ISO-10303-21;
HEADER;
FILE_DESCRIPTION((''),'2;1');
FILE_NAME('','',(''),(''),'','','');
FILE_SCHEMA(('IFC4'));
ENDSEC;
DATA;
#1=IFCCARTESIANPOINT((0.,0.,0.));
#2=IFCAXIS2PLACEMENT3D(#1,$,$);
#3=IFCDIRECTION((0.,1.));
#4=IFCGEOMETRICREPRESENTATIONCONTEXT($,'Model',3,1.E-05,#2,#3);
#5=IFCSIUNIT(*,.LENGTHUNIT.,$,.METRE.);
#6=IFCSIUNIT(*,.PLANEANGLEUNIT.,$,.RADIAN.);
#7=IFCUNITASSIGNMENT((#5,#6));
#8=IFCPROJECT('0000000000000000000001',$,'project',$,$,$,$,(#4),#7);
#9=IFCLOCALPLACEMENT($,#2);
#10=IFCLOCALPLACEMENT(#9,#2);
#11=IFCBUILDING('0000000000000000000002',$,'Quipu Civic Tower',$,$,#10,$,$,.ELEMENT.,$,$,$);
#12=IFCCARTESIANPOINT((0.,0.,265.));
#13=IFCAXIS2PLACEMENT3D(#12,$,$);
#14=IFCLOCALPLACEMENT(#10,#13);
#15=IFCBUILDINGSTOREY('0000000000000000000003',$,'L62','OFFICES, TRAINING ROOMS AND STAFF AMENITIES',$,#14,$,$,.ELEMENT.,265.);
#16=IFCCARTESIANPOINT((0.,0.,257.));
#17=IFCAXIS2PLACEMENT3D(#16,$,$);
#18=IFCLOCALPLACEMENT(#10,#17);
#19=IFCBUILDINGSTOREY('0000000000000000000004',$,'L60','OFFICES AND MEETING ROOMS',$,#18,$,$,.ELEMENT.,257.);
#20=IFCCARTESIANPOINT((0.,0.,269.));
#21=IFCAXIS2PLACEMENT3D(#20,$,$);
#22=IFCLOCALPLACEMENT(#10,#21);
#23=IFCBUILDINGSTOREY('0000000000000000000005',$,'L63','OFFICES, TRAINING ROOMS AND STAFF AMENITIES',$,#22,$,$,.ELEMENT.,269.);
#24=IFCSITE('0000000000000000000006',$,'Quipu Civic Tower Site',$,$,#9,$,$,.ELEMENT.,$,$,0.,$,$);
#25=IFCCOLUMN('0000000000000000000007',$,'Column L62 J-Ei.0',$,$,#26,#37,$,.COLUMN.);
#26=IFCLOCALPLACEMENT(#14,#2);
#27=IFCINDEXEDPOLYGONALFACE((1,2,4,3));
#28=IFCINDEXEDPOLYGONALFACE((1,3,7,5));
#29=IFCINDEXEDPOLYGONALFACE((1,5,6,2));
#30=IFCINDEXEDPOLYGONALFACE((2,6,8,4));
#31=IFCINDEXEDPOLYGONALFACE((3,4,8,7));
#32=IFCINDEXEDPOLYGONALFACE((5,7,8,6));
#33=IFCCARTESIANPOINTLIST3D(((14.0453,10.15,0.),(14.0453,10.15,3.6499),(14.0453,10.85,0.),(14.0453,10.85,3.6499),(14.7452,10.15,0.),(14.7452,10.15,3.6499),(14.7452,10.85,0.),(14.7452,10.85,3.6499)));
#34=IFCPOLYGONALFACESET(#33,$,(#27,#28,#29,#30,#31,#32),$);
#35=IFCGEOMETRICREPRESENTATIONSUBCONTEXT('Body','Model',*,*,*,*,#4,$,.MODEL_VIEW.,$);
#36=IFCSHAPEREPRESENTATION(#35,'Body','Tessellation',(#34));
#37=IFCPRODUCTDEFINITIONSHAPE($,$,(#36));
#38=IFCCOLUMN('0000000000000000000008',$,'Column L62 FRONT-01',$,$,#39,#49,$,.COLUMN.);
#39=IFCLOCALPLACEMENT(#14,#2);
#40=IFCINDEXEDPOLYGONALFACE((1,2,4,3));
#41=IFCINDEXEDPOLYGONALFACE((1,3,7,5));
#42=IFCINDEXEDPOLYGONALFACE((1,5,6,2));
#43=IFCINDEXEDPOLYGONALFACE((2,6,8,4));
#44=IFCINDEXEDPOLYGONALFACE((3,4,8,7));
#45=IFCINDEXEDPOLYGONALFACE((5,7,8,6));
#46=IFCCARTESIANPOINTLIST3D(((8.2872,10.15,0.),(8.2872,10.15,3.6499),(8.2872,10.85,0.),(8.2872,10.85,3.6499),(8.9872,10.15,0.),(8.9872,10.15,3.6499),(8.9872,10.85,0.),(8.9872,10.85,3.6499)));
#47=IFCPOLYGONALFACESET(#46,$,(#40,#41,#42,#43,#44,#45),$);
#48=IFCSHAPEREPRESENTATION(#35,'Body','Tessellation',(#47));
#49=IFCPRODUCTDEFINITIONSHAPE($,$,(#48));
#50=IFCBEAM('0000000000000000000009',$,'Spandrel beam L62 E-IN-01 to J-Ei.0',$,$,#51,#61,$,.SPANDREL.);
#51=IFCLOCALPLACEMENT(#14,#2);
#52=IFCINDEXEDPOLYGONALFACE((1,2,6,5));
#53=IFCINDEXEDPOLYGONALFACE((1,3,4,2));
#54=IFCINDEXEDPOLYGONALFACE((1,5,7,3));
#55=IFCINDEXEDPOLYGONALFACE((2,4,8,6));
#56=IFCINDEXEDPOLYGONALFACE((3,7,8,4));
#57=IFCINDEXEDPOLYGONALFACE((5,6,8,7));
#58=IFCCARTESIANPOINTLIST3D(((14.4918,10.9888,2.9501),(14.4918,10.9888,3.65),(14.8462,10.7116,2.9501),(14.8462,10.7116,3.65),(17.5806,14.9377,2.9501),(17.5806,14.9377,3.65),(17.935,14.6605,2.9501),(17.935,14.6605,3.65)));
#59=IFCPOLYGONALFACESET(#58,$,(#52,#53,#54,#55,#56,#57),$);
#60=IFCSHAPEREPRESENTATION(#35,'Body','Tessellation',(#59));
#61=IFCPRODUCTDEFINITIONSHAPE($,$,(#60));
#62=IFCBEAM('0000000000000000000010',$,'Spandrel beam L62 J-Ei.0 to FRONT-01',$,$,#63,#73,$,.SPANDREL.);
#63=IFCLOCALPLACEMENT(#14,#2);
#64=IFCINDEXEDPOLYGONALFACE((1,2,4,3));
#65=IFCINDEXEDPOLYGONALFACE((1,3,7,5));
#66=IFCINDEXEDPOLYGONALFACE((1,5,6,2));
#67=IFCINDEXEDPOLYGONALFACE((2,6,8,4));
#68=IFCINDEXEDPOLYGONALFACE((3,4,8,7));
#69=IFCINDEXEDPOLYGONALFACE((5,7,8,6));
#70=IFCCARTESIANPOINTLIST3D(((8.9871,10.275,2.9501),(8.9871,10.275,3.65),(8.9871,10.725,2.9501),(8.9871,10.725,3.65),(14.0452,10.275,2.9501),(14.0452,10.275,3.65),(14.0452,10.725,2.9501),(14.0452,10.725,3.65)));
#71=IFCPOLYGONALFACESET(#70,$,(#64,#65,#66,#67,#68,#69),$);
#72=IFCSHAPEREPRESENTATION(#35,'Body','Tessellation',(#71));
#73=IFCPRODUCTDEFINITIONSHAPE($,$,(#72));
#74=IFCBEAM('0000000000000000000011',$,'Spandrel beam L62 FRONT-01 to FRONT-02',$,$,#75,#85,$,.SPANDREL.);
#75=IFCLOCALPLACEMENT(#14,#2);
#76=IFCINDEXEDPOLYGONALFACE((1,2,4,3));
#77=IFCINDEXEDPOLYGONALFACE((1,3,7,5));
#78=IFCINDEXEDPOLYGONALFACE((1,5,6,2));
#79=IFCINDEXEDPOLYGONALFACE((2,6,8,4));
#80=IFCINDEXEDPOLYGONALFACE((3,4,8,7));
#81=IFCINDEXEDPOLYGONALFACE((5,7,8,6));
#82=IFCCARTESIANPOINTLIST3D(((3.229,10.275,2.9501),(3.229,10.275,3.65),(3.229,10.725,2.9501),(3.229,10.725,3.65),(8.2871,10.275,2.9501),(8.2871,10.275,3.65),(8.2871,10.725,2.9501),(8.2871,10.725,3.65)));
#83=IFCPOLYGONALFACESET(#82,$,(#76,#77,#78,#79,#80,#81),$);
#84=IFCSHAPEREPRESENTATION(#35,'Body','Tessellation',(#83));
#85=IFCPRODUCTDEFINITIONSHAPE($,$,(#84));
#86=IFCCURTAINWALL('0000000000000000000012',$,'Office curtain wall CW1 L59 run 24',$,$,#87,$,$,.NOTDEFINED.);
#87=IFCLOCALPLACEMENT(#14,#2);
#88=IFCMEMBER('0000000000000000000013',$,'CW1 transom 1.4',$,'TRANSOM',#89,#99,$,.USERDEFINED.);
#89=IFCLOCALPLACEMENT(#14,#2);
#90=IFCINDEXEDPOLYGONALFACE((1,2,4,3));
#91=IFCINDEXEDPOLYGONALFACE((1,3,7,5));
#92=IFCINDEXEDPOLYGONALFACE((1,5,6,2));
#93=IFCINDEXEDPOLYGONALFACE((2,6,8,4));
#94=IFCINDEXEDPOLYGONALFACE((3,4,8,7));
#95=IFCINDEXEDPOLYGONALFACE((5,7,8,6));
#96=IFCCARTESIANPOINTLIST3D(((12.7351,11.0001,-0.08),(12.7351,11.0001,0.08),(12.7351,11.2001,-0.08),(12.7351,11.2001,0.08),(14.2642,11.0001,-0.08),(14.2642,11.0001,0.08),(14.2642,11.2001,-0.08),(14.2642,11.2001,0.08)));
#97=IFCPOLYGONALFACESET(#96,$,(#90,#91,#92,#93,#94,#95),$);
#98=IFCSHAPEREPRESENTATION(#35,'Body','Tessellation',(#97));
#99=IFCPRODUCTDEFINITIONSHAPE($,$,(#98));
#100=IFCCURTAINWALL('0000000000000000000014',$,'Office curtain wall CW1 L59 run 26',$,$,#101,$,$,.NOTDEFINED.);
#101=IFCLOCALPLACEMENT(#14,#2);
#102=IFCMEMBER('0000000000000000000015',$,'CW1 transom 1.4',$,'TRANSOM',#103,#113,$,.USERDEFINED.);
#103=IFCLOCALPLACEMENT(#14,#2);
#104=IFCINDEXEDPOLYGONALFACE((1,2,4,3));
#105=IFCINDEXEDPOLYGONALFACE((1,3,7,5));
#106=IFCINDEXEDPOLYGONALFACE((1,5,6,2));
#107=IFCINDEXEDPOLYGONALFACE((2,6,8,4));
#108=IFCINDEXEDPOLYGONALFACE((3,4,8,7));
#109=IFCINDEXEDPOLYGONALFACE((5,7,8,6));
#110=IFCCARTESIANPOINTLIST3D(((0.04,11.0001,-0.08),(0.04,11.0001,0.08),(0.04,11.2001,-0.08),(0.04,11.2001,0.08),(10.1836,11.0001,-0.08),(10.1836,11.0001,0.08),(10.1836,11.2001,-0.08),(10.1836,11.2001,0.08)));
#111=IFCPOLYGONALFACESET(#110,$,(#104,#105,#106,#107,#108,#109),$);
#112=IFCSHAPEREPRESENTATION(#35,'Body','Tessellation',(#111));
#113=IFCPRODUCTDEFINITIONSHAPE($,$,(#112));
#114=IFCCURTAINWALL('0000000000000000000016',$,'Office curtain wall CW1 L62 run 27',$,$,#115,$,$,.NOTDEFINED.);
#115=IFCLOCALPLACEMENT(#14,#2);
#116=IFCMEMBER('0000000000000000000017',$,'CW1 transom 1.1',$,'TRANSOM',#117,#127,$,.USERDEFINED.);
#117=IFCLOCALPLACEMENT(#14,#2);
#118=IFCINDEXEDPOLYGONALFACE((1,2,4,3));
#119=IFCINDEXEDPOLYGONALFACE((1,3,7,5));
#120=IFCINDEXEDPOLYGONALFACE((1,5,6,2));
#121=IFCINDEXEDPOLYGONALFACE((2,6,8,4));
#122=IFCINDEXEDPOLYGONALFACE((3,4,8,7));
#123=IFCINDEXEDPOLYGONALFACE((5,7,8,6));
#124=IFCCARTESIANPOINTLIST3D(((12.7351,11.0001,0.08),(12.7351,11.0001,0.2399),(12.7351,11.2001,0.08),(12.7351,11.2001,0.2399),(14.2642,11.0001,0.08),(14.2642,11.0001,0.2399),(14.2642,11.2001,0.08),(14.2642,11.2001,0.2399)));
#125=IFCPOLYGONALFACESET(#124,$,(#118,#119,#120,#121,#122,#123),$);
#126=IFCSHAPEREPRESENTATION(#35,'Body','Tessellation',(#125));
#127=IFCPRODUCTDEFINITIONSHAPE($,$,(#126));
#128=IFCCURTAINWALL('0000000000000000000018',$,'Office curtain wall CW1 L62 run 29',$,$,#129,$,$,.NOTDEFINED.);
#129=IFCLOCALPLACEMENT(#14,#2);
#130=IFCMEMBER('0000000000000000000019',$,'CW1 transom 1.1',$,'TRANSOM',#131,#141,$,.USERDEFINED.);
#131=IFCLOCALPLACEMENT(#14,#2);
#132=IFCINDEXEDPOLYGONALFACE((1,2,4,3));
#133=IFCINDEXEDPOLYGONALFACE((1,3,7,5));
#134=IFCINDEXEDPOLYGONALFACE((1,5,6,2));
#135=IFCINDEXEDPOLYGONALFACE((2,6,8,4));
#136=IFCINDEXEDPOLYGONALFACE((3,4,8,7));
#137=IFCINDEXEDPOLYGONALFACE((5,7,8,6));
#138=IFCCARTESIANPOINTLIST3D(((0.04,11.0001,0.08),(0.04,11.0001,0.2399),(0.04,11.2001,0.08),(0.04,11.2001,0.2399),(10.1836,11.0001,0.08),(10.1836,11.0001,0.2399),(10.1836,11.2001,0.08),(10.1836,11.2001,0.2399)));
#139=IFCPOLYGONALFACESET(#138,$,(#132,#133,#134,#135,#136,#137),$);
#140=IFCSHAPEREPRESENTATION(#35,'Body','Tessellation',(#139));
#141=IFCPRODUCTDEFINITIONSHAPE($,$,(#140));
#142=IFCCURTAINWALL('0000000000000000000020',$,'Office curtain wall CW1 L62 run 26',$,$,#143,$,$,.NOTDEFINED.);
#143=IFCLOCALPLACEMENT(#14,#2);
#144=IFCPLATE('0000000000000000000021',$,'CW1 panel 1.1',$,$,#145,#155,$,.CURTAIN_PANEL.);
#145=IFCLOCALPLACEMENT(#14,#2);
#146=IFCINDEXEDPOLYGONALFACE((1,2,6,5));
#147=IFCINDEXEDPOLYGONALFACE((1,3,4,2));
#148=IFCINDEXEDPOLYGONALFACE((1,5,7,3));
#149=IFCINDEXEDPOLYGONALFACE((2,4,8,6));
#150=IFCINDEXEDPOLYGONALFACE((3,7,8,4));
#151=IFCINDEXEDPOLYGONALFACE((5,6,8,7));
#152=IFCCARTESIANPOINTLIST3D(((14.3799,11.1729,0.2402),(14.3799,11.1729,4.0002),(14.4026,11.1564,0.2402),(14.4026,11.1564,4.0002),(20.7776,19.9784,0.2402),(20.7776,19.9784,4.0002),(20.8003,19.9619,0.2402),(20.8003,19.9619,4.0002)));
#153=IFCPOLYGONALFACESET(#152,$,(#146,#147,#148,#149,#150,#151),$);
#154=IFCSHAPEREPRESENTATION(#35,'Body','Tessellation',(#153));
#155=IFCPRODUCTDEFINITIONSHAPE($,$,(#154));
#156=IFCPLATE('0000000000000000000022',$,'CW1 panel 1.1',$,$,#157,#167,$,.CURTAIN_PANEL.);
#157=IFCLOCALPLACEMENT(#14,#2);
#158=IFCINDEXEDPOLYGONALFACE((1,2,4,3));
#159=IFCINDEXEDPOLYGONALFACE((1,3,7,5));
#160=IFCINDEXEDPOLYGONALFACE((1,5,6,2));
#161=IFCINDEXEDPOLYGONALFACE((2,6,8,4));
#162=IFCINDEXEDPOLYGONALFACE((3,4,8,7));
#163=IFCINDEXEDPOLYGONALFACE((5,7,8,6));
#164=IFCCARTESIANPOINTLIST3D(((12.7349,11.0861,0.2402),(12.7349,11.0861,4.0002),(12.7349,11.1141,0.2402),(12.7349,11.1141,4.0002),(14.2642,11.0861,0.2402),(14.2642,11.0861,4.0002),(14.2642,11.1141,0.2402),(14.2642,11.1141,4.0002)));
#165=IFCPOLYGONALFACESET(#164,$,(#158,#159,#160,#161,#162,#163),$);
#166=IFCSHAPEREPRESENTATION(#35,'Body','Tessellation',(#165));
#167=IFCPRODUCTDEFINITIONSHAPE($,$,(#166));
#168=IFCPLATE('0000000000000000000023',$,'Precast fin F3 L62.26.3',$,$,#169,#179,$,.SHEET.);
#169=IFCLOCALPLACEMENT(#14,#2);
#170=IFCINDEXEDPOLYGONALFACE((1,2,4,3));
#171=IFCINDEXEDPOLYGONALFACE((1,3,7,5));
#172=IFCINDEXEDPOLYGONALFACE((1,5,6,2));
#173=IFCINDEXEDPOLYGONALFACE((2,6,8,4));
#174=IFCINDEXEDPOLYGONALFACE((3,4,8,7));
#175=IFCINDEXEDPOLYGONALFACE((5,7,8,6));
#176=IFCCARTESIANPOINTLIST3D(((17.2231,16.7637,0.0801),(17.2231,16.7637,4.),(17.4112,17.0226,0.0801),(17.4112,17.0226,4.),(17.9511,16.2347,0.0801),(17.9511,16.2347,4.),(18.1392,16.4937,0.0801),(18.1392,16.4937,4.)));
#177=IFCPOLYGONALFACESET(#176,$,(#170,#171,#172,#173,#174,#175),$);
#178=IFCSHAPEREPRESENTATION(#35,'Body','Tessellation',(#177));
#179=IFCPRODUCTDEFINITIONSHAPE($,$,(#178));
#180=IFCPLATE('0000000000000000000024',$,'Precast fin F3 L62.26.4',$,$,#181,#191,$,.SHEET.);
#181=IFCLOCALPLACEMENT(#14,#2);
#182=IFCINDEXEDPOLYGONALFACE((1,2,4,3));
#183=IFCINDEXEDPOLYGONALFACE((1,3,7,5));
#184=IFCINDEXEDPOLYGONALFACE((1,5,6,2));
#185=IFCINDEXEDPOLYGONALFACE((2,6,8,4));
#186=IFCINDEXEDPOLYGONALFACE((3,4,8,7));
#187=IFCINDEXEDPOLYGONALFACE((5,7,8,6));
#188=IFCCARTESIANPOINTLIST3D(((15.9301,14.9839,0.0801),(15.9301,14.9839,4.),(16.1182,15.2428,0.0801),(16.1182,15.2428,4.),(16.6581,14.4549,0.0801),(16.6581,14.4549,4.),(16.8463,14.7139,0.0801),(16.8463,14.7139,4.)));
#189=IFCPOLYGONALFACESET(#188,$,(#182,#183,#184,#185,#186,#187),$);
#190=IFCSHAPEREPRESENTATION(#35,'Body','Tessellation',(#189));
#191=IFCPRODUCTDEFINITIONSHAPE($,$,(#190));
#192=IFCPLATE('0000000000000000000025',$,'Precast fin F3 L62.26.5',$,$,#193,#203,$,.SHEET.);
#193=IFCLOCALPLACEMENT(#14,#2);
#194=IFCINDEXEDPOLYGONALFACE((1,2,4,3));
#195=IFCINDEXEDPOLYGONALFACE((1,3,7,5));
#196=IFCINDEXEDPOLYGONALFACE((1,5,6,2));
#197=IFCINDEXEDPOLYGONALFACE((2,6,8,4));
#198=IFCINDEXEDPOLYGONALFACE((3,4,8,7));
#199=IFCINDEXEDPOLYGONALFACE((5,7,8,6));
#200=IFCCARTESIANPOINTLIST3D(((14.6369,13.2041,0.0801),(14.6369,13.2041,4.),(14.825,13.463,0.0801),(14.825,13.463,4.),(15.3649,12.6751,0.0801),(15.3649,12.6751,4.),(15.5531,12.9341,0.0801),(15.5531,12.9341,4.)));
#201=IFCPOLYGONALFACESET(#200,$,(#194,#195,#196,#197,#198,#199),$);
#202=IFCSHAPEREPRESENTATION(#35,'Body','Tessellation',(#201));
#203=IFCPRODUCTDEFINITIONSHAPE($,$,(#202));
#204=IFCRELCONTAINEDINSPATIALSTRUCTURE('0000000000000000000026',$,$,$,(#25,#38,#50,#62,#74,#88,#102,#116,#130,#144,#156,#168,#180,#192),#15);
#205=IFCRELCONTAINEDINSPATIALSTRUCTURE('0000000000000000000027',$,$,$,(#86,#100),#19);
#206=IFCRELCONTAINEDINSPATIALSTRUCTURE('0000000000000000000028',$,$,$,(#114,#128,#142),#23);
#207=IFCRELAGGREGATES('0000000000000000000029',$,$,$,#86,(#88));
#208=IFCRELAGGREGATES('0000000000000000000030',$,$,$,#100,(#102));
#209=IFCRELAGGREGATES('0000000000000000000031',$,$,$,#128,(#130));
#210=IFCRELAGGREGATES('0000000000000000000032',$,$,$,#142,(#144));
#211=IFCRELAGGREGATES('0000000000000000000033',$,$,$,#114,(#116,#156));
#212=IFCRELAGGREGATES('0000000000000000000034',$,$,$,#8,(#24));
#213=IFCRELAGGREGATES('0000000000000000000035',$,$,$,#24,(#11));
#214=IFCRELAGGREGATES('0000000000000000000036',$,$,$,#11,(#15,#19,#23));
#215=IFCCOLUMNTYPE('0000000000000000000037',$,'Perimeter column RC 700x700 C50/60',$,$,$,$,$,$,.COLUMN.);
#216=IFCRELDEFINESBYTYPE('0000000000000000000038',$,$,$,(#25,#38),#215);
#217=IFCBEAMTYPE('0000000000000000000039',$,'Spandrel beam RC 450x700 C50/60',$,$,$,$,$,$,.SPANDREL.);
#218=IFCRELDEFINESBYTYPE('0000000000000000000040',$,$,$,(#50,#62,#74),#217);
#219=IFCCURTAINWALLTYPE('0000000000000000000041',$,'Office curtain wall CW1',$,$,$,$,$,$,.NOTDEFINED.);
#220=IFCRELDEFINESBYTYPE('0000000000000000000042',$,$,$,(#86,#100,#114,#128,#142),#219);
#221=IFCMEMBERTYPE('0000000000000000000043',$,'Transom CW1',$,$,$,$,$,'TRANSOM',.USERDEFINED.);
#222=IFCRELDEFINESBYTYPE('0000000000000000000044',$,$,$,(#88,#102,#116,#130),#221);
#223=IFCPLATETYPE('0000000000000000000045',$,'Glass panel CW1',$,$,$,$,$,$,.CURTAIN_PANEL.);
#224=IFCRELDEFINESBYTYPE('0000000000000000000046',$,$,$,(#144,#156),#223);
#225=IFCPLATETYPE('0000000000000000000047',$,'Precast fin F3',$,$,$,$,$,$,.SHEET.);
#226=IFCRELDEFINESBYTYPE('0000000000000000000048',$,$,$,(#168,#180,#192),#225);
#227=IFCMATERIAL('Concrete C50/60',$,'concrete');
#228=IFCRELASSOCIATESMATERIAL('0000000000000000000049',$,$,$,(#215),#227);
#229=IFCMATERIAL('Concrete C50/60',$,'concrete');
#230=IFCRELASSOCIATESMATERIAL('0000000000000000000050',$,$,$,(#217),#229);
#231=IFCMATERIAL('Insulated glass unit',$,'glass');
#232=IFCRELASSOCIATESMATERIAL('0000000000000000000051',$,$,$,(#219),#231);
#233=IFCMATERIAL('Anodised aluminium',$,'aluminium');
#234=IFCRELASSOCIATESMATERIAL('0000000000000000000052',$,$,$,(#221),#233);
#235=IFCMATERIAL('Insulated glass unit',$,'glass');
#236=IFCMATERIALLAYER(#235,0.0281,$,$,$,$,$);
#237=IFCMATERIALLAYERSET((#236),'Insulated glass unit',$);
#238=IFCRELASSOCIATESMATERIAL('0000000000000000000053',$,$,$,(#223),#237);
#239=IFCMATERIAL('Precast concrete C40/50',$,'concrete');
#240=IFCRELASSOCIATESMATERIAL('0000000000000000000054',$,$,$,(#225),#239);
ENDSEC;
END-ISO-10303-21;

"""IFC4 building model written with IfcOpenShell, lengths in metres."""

from ifc_helpers import new_model, si_unit, direction, frame, origin, origin_2d, place, context, subcontext, project, spatial, rectangle, extrude, material, layer, layer_set, material_profile, profile_set, type_object, element, aggregate, save


model = new_model("IFC4")

# Units and contexts
model_context = context("Model", 3, precision=1e-05, world=origin(), true_north=direction((0.0, 1.0)))
body_context = subcontext(model_context, "Body", "Model", "MODEL_VIEW")
ifc_project = project(units=[si_unit("LENGTHUNIT", "METRE"), si_unit("PLANEANGLEUNIT", "RADIAN")], contexts=[model_context])

# Site, building, storey
site_placement = place(None, origin())
site = spatial("IfcSite", under=ifc_project, at=site_placement, Name="Quipu Civic Tower Site", CompositionType="ELEMENT", RefElevation=0.0)
building_placement = place(site_placement, origin())
building = spatial("IfcBuilding", under=site, at=building_placement, Name="Quipu Civic Tower", CompositionType="ELEMENT")
storey_1_placement = place(building_placement, frame((0.0, 0.0, 265.0)))
storey_1 = spatial("IfcBuildingStorey", under=building, at=storey_1_placement, Name="L62", Description="OFFICES, TRAINING ROOMS AND STAFF AMENITIES", CompositionType="ELEMENT", Elevation=265.0)

# Columns
ifc_material_1 = material(Name="Concrete C50/60", Category="concrete")
ifc_material_profile_1 = material_profile(ifc_material_1, rectangle(XDim=0.7, YDim=0.7, at=origin_2d()), Name="RC700x700")
ifc_profile_set_1 = profile_set([ifc_material_profile_1], Name="Concrete C50/60")
column_type = type_object("IfcColumnType", Name="Perimeter column RC 700x700 C50/60", PredefinedType="COLUMN", material=ifc_profile_set_1)
for number, where, z_axis, x_axis, name in (
    (1, (14.3953, 10.5, 0.0), (0.0, 0.0, 1.0), (-1.0, 0.0, 0.0), "Column L62 J-Ei.0"),
    (2, (8.6372, 10.5, 0.0), (0.0, 0.0, 1.0), (-1.0, 0.0, 0.0), "Column L62 FRONT-01"),
):
    element("IfcColumn", number, at=place(storey_1_placement, frame(where, z_axis=z_axis, x_axis=x_axis)), inside=storey_1, type_object=column_type, Name=name, PredefinedType="COLUMN", context=body_context, shape_type="SweptSolid", body=[
        extrude(rectangle(XDim=0.7, YDim=0.7, at=origin_2d()), origin(), (0.0, 0.0, 1.0), 3.6499),
    ])

# Beams
ifc_material_2 = material(Name="Concrete C50/60", Category="concrete")
ifc_material_profile_2 = material_profile(ifc_material_2, rectangle(XDim=0.45, YDim=0.7, at=origin_2d()), Name="RC450x700")
ifc_profile_set_2 = profile_set([ifc_material_profile_2], Name="Concrete C50/60")
beam_type = type_object("IfcBeamType", Name="Spandrel beam RC 450x700 C50/60", PredefinedType="SPANDREL", material=ifc_profile_set_2)
beam_placement = place(storey_1_placement, frame((17.7578, 14.7991, 3.3), z_axis=(-0.616106, -0.787663, 0.0), x_axis=(0.787663, -0.616106, 0.0)))
element("IfcBeam", 3, at=beam_placement, inside=storey_1, type_object=beam_type, Name="Spandrel beam L62 E-IN-01 to J-Ei.0", PredefinedType="SPANDREL", context=body_context, shape_type="SweptSolid", body=[
    extrude(rectangle(XDim=0.45, YDim=0.7, at=origin_2d()), origin(), (0.0, 0.0, 1.0), 5.0134),
])
for number, where, z_axis, x_axis, name in (
    (4, (14.0452, 10.5, 3.3), (-1.0, 0.0, 0.0), (0.0, -1.0, 0.0), "Spandrel beam L62 J-Ei.0 to FRONT-01"),
    (5, (8.2871, 10.5, 3.3), (-1.0, 0.0, 0.0), (0.0, -1.0, 0.0), "Spandrel beam L62 FRONT-01 to FRONT-02"),
):
    element("IfcBeam", number, at=place(storey_1_placement, frame(where, z_axis=z_axis, x_axis=x_axis)), inside=storey_1, type_object=beam_type, Name=name, PredefinedType="SPANDREL", context=body_context, shape_type="SweptSolid", body=[
        extrude(rectangle(XDim=0.45, YDim=0.7, at=origin_2d()), origin(), (0.0, 0.0, 1.0), 5.0581),
    ])

# Shared definitions
storey_2_placement = place(building_placement, frame((0.0, 0.0, 257.0)))
storey_2 = spatial("IfcBuildingStorey", under=building, at=storey_2_placement, Name="L60", Description="OFFICES AND MEETING ROOMS", CompositionType="ELEMENT", Elevation=257.0)

# Curtain walls, members
ifc_material_3 = material(Name="Insulated glass unit", Category="glass")
curtain_wall_type = type_object("IfcCurtainWallType", Name="Office curtain wall CW1", PredefinedType="NOTDEFINED", material=ifc_material_3)
curtain_wall_1_placement = place(storey_2_placement, origin())
curtain_wall_1 = element("IfcCurtainWall", 6, at=curtain_wall_1_placement, inside=storey_2, type_object=curtain_wall_type, Name="Office curtain wall CW1 L59 run 24", PredefinedType="NOTDEFINED")
ifc_material_4 = material(Name="Anodised aluminium", Category="aluminium")
ifc_material_profile_3 = material_profile(ifc_material_4, rectangle(XDim=0.2, YDim=0.1599, at=origin_2d()), Name="RECT 200x160")
ifc_profile_set_3 = profile_set([ifc_material_profile_3], Name="Anodised aluminium")
member_type = type_object("IfcMemberType", Name="Transom CW1", ElementType="TRANSOM", PredefinedType="USERDEFINED", material=ifc_profile_set_3)
member_1_placement = place(storey_1_placement, frame((14.2642, 11.1001, 0.0), z_axis=(-1.0, 0.0, 0.0), x_axis=(0.0, -1.0, 0.0)))
member_1 = element("IfcMember", 7, at=member_1_placement, inside=storey_1, type_object=member_type, Name="CW1 transom 1.4", ObjectType="TRANSOM", PredefinedType="USERDEFINED", context=body_context, shape_type="SweptSolid", body=[
    extrude(rectangle(XDim=0.2, YDim=0.1599, at=origin_2d()), origin(), (0.0, 0.0, 1.0), 1.5291),
])
aggregate(curtain_wall_1, [member_1])
curtain_wall_2_placement = place(storey_2_placement, origin())
curtain_wall_2 = element("IfcCurtainWall", 8, at=curtain_wall_2_placement, inside=storey_2, type_object=curtain_wall_type, Name="Office curtain wall CW1 L59 run 26", PredefinedType="NOTDEFINED")
member_2_placement = place(storey_1_placement, frame((10.1836, 11.1001, 0.0), z_axis=(-1.0, 0.0, 0.0), x_axis=(0.0, -1.0, 0.0)))
member_2 = element("IfcMember", 9, at=member_2_placement, inside=storey_1, type_object=member_type, Name="CW1 transom 1.4", ObjectType="TRANSOM", PredefinedType="USERDEFINED", context=body_context, shape_type="SweptSolid", body=[
    extrude(rectangle(XDim=0.2, YDim=0.1599, at=origin_2d()), origin(), (0.0, 0.0, 1.0), 10.1436),
])
aggregate(curtain_wall_2, [member_2])

# Shared definitions
storey_3_placement = place(building_placement, frame((0.0, 0.0, 269.0)))
storey_3 = spatial("IfcBuildingStorey", under=building, at=storey_3_placement, Name="L63", Description="OFFICES, TRAINING ROOMS AND STAFF AMENITIES", CompositionType="ELEMENT", Elevation=269.0)

# Curtain walls, members
curtain_wall_3_placement = place(storey_3_placement, origin())
curtain_wall_3 = element("IfcCurtainWall", 10, at=curtain_wall_3_placement, inside=storey_3, type_object=curtain_wall_type, Name="Office curtain wall CW1 L62 run 27", PredefinedType="NOTDEFINED")
member_3_placement = place(storey_1_placement, frame((14.2642, 11.1001, 0.1599), z_axis=(-1.0, 0.0, 0.0), x_axis=(0.0, -1.0, 0.0)))
member_3 = element("IfcMember", 11, at=member_3_placement, inside=storey_1, type_object=member_type, Name="CW1 transom 1.1", ObjectType="TRANSOM", PredefinedType="USERDEFINED", context=body_context, shape_type="SweptSolid", body=[
    extrude(rectangle(XDim=0.2, YDim=0.1599, at=origin_2d()), origin(), (0.0, 0.0, 1.0), 1.5291),
])
curtain_wall_4_placement = place(storey_3_placement, origin())
curtain_wall_4 = element("IfcCurtainWall", 12, at=curtain_wall_4_placement, inside=storey_3, type_object=curtain_wall_type, Name="Office curtain wall CW1 L62 run 29", PredefinedType="NOTDEFINED")
member_4_placement = place(storey_1_placement, frame((10.1836, 11.1001, 0.1599), z_axis=(-1.0, 0.0, 0.0), x_axis=(0.0, -1.0, 0.0)))
member_4 = element("IfcMember", 13, at=member_4_placement, inside=storey_1, type_object=member_type, Name="CW1 transom 1.1", ObjectType="TRANSOM", PredefinedType="USERDEFINED", context=body_context, shape_type="SweptSolid", body=[
    extrude(rectangle(XDim=0.2, YDim=0.1599, at=origin_2d()), origin(), (0.0, 0.0, 1.0), 10.1436),
])
aggregate(curtain_wall_4, [member_4])

# Curtain wall, plate
curtain_wall_5_placement = place(storey_3_placement, origin())
curtain_wall_5 = element("IfcCurtainWall", 14, at=curtain_wall_5_placement, inside=storey_3, type_object=curtain_wall_type, Name="Office curtain wall CW1 L62 run 26", PredefinedType="NOTDEFINED")
ifc_material_5 = material(Name="Insulated glass unit", Category="glass")
ifc_layer_1 = layer(ifc_material_5, 0.0281)
ifc_layer_set_1 = layer_set([ifc_layer_1], Name="Insulated glass unit")
plate_type_1 = type_object("IfcPlateType", Name="Glass panel CW1", PredefinedType="CURTAIN_PANEL", material=ifc_layer_set_1)
plate_1_placement = place(storey_1_placement, frame((17.5901, 15.5674, 0.2402), z_axis=(0.0, 0.0, 1.0), x_axis=(-0.587788, -0.809015, 0.0)))
plate_1 = element("IfcPlate", 15, at=plate_1_placement, inside=storey_1, type_object=plate_type_1, Name="CW1 panel 1.1", PredefinedType="CURTAIN_PANEL", context=body_context, shape_type="SweptSolid", body=[
    extrude(rectangle(XDim=10.8843, YDim=0.0281, at=origin_2d()), origin(), (0.0, 0.0, 1.0), 3.76),
])
aggregate(curtain_wall_5, [plate_1])

# Plate
plate_2_placement = place(storey_1_placement, frame((13.4995, 11.1001, 0.2402), z_axis=(0.0, 0.0, 1.0), x_axis=(-1.0, 0.0, 0.0)))
plate_2 = element("IfcPlate", 16, at=plate_2_placement, inside=storey_1, type_object=plate_type_1, Name="CW1 panel 1.1", PredefinedType="CURTAIN_PANEL", context=body_context, shape_type="SweptSolid", body=[
    extrude(rectangle(XDim=1.5293, YDim=0.0281, at=origin_2d()), origin(), (0.0, 0.0, 1.0), 3.76),
])
aggregate(curtain_wall_3, [member_3, plate_2])

# Plates
ifc_material_6 = material(Name="Precast concrete C40/50", Category="concrete")
plate_type_2 = type_object("IfcPlateType", Name="Precast fin F3", PredefinedType="SHEET", material=ifc_material_6)
for number, where, z_axis, x_axis, name in (
    (17, (17.6812, 16.6287, 0.0801), (0.0, 0.0, 1.0), (-0.587784, -0.809018, 0.0), "Precast fin F3 L62.26.3"),
    (18, (16.3882, 14.8489, 0.0801), (0.0, 0.0, 1.0), (-0.587784, -0.809018, 0.0), "Precast fin F3 L62.26.4"),
    (19, (15.095, 13.0691, 0.0801), (0.0, 0.0, 1.0), (-0.587784, -0.809018, 0.0), "Precast fin F3 L62.26.5"),
):
    element("IfcPlate", number, at=place(storey_1_placement, frame(where, z_axis=z_axis, x_axis=x_axis)), inside=storey_1, type_object=plate_type_2, Name=name, PredefinedType="SHEET", context=body_context, shape_type="SweptSolid", body=[
        extrude(rectangle(XDim=0.3201, YDim=0.8999, at=origin_2d()), origin(), (0.0, 0.0, 1.0), 3.9199),
    ])

save(model, "model.ifc")
